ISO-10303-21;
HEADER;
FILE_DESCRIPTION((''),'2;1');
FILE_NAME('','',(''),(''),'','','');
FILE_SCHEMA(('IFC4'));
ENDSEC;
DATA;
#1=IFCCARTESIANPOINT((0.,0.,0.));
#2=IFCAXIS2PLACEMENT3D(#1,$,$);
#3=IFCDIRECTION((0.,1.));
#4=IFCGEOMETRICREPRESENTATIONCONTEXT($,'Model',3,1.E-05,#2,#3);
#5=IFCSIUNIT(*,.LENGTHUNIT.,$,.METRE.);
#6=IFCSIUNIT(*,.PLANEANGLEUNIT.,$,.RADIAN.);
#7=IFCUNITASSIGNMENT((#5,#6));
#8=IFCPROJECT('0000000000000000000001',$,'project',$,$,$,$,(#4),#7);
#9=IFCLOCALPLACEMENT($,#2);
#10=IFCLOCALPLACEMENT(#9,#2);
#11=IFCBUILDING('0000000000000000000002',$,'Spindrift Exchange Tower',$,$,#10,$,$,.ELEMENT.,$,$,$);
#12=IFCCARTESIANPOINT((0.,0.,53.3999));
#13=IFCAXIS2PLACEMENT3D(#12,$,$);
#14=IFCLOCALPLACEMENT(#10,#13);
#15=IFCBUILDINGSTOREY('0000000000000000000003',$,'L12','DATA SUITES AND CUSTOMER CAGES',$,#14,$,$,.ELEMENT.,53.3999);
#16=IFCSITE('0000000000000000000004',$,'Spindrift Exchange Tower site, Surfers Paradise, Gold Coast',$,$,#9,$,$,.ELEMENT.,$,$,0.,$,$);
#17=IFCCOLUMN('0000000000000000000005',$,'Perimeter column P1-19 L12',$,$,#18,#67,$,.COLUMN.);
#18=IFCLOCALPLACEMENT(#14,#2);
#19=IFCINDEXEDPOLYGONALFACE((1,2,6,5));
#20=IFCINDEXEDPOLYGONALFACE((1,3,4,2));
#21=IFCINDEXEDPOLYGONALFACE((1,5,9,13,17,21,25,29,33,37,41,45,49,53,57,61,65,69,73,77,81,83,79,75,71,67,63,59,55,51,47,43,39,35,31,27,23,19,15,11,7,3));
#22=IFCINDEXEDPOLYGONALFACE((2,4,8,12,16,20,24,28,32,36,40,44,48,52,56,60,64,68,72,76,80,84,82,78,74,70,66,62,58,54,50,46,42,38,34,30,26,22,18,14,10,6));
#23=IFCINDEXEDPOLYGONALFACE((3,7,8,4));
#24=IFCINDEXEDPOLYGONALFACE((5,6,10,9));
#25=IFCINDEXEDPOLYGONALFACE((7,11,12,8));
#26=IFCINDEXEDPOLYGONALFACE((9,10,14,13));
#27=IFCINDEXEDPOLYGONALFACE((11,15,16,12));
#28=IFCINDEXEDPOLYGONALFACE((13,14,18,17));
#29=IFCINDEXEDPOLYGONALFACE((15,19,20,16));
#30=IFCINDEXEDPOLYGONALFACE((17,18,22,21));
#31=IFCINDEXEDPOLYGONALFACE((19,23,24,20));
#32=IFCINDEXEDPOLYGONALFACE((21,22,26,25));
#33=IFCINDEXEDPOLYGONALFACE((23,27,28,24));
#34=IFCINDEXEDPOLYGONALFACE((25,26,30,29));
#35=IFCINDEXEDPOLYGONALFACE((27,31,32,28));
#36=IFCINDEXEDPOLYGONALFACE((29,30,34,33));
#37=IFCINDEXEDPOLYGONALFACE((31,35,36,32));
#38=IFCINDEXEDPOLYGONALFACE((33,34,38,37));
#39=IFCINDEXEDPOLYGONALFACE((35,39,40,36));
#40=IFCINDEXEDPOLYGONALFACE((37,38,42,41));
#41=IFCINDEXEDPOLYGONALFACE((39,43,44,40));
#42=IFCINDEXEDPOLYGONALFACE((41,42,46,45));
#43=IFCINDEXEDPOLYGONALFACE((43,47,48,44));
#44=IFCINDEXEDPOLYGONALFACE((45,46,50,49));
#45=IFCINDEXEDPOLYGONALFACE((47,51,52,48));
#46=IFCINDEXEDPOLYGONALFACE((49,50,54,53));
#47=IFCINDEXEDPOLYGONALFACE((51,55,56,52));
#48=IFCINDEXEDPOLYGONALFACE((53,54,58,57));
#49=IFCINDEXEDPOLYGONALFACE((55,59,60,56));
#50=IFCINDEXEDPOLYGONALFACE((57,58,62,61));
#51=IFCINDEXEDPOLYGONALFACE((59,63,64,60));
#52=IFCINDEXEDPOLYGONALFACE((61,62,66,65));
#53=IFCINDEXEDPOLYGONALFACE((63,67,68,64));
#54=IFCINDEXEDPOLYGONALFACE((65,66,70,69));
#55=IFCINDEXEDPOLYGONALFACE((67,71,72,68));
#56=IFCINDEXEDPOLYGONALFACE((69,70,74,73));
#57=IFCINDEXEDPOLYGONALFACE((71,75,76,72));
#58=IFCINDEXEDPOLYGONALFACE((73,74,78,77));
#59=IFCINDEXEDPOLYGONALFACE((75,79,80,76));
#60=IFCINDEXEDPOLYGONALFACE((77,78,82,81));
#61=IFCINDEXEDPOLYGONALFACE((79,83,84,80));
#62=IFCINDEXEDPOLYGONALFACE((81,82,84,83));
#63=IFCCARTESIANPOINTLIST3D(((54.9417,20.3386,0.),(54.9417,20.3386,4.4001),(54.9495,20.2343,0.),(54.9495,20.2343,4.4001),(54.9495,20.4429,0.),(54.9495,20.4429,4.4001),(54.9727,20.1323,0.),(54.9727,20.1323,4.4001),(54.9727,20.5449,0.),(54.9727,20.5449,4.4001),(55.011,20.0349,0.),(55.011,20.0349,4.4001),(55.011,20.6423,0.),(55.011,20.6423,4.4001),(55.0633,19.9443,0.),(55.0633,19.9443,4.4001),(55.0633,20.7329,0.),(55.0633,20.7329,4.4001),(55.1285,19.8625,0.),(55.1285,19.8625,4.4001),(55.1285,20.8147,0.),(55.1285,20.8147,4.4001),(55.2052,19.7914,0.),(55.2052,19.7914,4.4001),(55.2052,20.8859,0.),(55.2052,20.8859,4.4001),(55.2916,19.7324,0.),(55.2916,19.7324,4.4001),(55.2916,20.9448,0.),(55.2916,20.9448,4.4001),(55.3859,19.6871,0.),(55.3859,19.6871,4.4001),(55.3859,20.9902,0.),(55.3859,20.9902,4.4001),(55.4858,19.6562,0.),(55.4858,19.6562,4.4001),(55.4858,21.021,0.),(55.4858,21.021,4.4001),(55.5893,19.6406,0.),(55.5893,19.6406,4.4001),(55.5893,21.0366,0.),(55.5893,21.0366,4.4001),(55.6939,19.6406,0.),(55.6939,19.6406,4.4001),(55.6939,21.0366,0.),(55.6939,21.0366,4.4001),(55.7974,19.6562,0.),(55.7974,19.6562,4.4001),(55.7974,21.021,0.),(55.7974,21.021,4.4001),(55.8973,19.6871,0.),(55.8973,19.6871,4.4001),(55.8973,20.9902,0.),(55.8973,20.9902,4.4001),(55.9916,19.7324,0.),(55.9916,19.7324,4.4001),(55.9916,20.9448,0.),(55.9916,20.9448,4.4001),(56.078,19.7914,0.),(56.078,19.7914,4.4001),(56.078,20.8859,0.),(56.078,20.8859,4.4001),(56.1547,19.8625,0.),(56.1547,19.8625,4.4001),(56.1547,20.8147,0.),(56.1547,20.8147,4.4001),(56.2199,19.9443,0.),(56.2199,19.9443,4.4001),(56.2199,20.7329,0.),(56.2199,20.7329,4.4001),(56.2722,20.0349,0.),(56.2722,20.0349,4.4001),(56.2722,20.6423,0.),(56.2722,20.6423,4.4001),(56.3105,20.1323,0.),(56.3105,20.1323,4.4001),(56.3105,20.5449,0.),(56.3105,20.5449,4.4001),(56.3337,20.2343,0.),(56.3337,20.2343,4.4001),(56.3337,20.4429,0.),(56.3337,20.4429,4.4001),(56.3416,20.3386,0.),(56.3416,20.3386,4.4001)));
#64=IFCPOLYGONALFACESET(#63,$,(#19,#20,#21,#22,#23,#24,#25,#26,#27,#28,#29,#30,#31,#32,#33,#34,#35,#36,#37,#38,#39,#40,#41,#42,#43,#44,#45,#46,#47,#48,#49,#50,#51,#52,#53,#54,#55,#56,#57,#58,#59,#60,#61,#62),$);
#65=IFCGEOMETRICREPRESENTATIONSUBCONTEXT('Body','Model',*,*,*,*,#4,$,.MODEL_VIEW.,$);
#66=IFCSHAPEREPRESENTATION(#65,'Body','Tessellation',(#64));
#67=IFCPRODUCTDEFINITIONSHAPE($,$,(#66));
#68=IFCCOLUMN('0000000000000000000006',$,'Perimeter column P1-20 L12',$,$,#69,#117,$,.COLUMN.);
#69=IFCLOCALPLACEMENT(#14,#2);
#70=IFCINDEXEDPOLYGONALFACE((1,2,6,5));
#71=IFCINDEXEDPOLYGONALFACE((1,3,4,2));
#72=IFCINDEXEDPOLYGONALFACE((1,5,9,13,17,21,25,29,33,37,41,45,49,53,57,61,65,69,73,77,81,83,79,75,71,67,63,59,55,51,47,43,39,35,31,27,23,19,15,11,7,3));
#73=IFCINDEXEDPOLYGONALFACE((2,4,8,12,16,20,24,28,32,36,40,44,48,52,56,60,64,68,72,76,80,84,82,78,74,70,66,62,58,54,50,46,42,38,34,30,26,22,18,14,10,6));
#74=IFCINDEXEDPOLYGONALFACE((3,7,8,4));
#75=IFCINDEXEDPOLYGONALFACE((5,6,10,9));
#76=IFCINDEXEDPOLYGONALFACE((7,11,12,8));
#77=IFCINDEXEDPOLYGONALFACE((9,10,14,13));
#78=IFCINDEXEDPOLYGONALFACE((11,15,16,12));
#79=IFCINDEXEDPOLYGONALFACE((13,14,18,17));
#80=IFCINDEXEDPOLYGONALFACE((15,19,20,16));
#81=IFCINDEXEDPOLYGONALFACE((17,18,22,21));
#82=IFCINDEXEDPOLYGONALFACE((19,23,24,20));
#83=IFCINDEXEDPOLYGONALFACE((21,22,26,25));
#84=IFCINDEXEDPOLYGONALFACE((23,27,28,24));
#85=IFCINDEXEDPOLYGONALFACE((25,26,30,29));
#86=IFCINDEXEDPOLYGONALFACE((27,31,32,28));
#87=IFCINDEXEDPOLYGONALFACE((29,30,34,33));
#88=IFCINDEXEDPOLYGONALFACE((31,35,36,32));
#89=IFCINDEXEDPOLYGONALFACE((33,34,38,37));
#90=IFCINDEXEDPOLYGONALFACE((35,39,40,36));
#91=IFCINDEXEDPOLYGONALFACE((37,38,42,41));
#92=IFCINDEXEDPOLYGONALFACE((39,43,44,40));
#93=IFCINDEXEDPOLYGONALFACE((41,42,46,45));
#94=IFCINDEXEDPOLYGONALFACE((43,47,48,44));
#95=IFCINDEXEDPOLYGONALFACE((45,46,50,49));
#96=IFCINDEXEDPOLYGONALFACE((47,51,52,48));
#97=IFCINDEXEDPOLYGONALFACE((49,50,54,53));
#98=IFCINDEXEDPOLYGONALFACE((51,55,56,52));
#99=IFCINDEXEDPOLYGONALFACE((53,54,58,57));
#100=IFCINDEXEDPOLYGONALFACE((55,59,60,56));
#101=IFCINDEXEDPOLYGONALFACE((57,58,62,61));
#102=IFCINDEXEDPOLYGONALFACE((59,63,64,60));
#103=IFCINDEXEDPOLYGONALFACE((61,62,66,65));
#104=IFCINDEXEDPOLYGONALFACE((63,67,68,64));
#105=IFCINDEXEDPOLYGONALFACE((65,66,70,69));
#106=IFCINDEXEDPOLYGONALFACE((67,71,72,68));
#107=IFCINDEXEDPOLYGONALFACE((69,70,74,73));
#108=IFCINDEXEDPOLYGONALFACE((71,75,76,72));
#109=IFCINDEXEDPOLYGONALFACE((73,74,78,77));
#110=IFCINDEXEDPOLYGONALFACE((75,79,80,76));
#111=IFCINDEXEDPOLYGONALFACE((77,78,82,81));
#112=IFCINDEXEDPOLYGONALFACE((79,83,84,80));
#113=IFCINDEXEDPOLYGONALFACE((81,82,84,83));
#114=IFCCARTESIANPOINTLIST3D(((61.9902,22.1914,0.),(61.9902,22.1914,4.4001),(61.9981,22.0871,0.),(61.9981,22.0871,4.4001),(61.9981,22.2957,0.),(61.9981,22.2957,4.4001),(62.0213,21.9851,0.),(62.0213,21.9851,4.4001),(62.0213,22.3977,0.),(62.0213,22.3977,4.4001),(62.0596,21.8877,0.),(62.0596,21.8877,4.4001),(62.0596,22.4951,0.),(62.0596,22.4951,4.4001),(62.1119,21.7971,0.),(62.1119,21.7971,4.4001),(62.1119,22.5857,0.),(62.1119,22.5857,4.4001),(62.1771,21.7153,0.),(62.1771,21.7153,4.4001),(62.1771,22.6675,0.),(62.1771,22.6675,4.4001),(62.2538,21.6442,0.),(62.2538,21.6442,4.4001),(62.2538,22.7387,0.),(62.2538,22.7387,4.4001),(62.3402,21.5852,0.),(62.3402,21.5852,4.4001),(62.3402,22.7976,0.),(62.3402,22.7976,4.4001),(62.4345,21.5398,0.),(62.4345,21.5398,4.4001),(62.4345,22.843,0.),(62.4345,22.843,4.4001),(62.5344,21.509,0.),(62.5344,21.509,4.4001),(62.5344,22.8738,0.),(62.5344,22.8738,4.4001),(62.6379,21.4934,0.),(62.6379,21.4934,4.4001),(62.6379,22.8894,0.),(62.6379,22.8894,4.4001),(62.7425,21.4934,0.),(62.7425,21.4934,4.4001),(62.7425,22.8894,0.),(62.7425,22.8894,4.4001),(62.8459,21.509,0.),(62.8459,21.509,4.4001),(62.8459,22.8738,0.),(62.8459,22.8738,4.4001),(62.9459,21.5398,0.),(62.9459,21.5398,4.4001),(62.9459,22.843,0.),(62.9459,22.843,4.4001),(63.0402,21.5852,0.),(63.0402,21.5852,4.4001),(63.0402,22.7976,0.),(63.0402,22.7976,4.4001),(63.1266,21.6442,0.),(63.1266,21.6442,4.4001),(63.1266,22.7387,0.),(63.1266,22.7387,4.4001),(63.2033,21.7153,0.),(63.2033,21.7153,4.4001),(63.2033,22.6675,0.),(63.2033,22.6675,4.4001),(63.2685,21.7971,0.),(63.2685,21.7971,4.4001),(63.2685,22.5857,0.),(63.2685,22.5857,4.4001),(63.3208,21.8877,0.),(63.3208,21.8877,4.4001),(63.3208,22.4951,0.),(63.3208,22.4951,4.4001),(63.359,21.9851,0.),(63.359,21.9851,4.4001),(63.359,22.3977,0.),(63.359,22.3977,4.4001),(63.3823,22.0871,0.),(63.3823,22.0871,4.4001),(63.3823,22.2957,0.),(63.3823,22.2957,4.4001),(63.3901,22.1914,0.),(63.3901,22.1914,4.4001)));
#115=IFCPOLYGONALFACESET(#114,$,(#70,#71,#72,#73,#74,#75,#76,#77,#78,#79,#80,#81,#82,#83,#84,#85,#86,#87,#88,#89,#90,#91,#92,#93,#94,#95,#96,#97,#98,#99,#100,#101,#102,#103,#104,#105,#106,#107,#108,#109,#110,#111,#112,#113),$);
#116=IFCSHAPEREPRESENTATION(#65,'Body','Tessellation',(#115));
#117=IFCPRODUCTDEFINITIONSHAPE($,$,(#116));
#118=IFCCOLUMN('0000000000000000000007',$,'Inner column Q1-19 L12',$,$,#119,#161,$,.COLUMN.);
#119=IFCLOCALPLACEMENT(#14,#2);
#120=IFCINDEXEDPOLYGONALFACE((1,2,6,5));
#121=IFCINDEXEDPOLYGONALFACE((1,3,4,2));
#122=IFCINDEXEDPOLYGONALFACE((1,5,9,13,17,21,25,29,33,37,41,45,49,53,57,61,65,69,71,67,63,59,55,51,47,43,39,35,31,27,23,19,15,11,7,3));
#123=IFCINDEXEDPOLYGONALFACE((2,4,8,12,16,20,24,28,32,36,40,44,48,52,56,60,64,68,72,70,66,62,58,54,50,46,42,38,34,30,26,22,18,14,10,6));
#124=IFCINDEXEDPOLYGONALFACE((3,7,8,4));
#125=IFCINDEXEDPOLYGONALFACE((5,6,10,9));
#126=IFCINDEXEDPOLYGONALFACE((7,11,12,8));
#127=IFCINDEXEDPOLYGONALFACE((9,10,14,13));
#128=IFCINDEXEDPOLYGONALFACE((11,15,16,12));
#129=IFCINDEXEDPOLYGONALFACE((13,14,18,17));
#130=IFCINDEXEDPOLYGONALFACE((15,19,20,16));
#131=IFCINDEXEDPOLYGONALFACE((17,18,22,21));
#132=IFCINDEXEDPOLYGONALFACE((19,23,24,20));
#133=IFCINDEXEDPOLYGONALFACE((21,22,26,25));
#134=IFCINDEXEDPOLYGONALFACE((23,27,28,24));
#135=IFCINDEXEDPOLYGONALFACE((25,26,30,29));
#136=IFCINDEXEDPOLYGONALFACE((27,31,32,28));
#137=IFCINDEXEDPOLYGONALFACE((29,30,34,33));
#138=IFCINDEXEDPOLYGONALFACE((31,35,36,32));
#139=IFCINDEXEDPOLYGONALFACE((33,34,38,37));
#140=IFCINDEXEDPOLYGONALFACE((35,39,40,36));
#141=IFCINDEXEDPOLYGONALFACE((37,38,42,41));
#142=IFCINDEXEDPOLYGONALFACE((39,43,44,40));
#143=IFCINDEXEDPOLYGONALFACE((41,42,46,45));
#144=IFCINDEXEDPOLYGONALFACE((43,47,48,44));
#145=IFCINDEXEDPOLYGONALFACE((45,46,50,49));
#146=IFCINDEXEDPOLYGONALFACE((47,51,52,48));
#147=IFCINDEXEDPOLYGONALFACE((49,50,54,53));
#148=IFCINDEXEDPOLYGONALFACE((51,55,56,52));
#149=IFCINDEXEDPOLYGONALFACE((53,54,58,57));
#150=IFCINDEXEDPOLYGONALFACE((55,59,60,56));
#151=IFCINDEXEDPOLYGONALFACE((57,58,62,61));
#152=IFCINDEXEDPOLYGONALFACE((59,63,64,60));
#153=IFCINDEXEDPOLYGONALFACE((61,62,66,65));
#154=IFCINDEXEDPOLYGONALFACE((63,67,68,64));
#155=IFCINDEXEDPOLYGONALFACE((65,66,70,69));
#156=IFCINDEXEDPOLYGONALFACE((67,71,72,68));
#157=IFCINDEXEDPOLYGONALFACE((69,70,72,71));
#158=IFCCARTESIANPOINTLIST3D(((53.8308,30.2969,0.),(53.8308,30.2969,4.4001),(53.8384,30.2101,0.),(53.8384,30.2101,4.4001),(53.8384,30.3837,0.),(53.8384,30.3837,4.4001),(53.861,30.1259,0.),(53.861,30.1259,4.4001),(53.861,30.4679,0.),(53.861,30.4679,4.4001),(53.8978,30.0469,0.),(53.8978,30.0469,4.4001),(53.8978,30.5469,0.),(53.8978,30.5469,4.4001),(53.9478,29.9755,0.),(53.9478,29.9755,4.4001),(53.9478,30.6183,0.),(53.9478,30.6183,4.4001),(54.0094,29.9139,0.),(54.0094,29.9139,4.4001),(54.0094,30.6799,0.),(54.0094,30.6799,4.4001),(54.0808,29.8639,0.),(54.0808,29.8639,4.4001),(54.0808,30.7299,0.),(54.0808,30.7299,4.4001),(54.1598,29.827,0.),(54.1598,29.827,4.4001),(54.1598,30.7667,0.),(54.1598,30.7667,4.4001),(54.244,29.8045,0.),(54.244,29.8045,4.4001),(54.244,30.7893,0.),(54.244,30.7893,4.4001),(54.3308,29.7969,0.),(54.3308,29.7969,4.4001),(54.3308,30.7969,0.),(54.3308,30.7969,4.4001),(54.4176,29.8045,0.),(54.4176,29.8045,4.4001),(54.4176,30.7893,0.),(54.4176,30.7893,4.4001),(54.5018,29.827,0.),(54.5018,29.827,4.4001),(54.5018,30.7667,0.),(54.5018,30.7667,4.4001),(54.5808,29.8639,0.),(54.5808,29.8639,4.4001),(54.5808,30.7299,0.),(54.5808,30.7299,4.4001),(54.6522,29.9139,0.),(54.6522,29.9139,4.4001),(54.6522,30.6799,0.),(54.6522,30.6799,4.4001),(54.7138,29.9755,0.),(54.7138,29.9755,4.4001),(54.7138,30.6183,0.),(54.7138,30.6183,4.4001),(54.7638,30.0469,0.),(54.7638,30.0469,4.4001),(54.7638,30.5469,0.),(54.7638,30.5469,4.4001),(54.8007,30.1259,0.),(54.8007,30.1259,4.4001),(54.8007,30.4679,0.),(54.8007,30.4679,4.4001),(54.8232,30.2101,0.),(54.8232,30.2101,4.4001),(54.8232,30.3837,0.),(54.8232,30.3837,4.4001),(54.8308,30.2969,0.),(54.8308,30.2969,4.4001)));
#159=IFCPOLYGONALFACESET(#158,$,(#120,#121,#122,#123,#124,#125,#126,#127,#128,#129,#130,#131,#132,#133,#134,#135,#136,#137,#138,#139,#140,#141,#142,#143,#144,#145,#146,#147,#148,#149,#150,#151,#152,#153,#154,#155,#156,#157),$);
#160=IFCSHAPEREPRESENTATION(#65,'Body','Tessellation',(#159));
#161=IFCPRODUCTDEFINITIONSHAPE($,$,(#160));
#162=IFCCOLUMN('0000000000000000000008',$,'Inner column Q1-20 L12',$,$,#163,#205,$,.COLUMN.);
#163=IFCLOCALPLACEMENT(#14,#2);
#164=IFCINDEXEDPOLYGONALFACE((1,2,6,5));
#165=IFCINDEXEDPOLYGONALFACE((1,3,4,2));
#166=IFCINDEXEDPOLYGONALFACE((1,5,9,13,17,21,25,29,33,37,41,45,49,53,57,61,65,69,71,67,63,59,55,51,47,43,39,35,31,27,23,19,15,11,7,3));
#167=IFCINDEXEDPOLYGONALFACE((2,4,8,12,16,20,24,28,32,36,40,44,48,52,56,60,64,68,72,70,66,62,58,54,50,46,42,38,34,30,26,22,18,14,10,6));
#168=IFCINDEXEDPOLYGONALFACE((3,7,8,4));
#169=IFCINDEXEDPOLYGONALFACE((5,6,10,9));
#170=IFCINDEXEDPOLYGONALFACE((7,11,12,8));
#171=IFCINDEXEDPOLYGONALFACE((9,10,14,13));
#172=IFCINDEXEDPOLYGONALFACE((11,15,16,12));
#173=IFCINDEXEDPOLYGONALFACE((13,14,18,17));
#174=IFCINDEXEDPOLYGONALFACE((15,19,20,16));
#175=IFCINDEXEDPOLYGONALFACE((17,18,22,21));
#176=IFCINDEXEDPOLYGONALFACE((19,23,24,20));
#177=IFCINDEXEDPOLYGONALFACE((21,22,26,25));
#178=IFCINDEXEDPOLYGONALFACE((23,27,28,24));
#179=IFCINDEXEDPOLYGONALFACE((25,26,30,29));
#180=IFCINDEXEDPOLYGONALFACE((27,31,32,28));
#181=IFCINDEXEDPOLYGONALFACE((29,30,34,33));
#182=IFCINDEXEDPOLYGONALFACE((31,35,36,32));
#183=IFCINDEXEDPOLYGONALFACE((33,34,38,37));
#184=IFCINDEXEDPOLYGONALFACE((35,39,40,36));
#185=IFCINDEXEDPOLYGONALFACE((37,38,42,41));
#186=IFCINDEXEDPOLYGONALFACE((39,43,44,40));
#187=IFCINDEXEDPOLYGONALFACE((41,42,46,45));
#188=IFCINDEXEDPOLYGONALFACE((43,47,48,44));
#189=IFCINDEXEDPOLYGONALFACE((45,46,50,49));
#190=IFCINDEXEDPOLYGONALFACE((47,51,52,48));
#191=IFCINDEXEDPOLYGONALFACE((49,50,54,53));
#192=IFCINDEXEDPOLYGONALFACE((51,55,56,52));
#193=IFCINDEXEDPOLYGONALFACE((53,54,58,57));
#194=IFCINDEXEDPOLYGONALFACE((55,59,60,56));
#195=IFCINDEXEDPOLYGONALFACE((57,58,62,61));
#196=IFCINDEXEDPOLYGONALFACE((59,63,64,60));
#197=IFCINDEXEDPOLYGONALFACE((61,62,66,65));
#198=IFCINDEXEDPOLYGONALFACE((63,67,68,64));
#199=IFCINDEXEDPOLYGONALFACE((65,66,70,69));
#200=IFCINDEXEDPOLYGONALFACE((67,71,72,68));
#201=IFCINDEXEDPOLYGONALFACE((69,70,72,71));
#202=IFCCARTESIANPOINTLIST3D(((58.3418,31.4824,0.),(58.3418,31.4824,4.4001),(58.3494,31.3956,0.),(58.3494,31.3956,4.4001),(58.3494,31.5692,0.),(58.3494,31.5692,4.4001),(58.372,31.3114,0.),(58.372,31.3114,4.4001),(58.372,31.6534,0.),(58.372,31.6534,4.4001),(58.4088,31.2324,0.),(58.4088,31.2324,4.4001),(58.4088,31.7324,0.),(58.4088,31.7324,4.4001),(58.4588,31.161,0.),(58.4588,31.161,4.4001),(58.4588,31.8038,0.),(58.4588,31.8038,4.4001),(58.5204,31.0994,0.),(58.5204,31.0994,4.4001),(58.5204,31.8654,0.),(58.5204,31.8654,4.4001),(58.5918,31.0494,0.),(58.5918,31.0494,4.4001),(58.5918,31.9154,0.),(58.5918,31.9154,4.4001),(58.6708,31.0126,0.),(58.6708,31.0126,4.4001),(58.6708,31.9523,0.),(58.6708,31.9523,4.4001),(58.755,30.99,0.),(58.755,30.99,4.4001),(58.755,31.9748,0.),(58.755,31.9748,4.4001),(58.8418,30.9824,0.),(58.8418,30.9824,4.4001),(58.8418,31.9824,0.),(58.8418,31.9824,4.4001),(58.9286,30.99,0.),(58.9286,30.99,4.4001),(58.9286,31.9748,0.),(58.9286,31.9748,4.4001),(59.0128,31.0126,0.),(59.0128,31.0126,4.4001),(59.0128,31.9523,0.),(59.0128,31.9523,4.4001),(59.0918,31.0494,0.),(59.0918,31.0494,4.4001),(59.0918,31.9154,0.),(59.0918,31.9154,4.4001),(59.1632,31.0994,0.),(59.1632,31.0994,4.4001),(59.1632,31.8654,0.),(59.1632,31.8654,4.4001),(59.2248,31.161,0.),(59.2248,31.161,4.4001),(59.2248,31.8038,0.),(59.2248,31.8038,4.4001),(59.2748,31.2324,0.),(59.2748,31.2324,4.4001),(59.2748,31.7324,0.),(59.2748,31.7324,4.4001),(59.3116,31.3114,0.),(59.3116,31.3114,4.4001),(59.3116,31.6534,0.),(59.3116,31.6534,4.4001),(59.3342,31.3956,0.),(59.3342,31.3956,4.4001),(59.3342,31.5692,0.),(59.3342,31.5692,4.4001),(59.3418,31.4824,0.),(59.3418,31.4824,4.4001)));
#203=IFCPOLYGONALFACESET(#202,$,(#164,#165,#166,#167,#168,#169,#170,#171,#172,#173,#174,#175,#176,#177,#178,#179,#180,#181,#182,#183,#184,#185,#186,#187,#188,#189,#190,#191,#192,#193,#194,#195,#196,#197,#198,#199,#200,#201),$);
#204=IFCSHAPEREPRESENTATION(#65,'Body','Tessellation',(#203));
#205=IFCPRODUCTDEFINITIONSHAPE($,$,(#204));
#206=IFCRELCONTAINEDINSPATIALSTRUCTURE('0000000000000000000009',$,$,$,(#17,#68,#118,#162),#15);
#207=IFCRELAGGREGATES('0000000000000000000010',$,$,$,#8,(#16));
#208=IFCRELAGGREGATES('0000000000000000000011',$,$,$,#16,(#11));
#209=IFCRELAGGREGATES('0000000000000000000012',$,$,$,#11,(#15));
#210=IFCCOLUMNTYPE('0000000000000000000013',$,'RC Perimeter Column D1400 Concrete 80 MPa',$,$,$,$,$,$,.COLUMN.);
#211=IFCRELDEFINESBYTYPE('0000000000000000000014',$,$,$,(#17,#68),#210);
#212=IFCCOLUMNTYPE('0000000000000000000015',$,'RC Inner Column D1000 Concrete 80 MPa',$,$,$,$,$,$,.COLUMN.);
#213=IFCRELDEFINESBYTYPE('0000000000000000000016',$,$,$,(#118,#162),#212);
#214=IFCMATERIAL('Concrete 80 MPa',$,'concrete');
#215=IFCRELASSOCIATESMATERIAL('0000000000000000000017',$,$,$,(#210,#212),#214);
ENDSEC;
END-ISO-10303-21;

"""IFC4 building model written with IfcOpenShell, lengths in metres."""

from ifc_helpers import new_model, si_unit, direction, frame, origin, origin_2d, place, context, subcontext, project, spatial, circle, extrude, source, transform, mapped, material, material_profile, profile_set, type_object, element, save


model = new_model("IFC4")

# Units and contexts
model_context = context("Model", 3, precision=1e-05, world=origin(), true_north=direction((0.0, 1.0)))
body_context = subcontext(model_context, "Body", "Model", "MODEL_VIEW")
ifc_project = project(units=[si_unit("LENGTHUNIT", "METRE"), si_unit("PLANEANGLEUNIT", "RADIAN")], contexts=[model_context])

# Site, building, storey
site_placement = place(None, origin())
site = spatial("IfcSite", under=ifc_project, at=site_placement, Name="Spindrift Exchange Tower site, Surfers Paradise, Gold Coast", CompositionType="ELEMENT", RefElevation=0.0)
building_placement = place(site_placement, origin())
building = spatial("IfcBuilding", under=site, at=building_placement, Name="Spindrift Exchange Tower", CompositionType="ELEMENT")
storey_placement = place(building_placement, frame((0.0, 0.0, 53.3999)))
storey = spatial("IfcBuildingStorey", under=building, at=storey_placement, Name="L12", Description="DATA SUITES AND CUSTOMER CAGES", CompositionType="ELEMENT", Elevation=53.3999)

# Columns
ifc_material_1 = material(Name="Concrete 80 MPa", Category="concrete")
ifc_material_profile_1 = material_profile(ifc_material_1, circle(Radius=0.7, at=origin_2d()), Name="RC D1400")
ifc_profile_set_1 = profile_set([ifc_material_profile_1], Name="Concrete 80 MPa")
column_type_1 = type_object("IfcColumnType", Name="RC Perimeter Column D1400 Concrete 80 MPa", PredefinedType="COLUMN", material=ifc_profile_set_1)
shared_shape_1 = source(origin(), body_context, "Body", "SweptSolid", [
    extrude(circle(Radius=0.7, at=origin_2d()), origin(), (0.0, 0.0, 1.0), 4.4001),
])
for number, where, z_axis, x_axis, name in (
    (1, (55.6416, 20.3386, 0.0), (0.0, 0.0, 1.0), (1.0, 0.0, 0.0), "Perimeter column P1-19 L12"),
    (2, (62.6902, 22.1914, 0.0), (0.0, 0.0, 1.0), (1.0, 0.0, 0.0), "Perimeter column P1-20 L12"),
):
    element("IfcColumn", number, at=place(storey_placement, frame(where, z_axis=z_axis, x_axis=x_axis)), inside=storey, type_object=column_type_1, Name=name, PredefinedType="COLUMN", context=body_context, shape_type="MappedRepresentation", body=[
        mapped(shared_shape_1, transform((0.0, 0.0, 0.0), scale=1.0)),
    ])
ifc_material_profile_2 = material_profile(ifc_material_1, circle(Radius=0.5, at=origin_2d()), Name="RC D1000")
ifc_profile_set_2 = profile_set([ifc_material_profile_2], Name="Concrete 80 MPa")
column_type_2 = type_object("IfcColumnType", Name="RC Inner Column D1000 Concrete 80 MPa", PredefinedType="COLUMN", material=ifc_profile_set_2)
shared_shape_2 = source(origin(), body_context, "Body", "SweptSolid", [
    extrude(circle(Radius=0.5, at=origin_2d()), origin(), (0.0, 0.0, 1.0), 4.4001),
])
for number, where, z_axis, x_axis, name in (
    (3, (54.3308, 30.2969, 0.0), (0.0, 0.0, 1.0), (1.0, 0.0, 0.0), "Inner column Q1-19 L12"),
    (4, (58.8418, 31.4824, 0.0), (0.0, 0.0, 1.0), (1.0, 0.0, 0.0), "Inner column Q1-20 L12"),
):
    element("IfcColumn", number, at=place(storey_placement, frame(where, z_axis=z_axis, x_axis=x_axis)), inside=storey, type_object=column_type_2, Name=name, PredefinedType="COLUMN", context=body_context, shape_type="MappedRepresentation", body=[
        mapped(shared_shape_2, transform((0.0, 0.0, 0.0), scale=1.0)),
    ])

save(model, "model.ifc")
